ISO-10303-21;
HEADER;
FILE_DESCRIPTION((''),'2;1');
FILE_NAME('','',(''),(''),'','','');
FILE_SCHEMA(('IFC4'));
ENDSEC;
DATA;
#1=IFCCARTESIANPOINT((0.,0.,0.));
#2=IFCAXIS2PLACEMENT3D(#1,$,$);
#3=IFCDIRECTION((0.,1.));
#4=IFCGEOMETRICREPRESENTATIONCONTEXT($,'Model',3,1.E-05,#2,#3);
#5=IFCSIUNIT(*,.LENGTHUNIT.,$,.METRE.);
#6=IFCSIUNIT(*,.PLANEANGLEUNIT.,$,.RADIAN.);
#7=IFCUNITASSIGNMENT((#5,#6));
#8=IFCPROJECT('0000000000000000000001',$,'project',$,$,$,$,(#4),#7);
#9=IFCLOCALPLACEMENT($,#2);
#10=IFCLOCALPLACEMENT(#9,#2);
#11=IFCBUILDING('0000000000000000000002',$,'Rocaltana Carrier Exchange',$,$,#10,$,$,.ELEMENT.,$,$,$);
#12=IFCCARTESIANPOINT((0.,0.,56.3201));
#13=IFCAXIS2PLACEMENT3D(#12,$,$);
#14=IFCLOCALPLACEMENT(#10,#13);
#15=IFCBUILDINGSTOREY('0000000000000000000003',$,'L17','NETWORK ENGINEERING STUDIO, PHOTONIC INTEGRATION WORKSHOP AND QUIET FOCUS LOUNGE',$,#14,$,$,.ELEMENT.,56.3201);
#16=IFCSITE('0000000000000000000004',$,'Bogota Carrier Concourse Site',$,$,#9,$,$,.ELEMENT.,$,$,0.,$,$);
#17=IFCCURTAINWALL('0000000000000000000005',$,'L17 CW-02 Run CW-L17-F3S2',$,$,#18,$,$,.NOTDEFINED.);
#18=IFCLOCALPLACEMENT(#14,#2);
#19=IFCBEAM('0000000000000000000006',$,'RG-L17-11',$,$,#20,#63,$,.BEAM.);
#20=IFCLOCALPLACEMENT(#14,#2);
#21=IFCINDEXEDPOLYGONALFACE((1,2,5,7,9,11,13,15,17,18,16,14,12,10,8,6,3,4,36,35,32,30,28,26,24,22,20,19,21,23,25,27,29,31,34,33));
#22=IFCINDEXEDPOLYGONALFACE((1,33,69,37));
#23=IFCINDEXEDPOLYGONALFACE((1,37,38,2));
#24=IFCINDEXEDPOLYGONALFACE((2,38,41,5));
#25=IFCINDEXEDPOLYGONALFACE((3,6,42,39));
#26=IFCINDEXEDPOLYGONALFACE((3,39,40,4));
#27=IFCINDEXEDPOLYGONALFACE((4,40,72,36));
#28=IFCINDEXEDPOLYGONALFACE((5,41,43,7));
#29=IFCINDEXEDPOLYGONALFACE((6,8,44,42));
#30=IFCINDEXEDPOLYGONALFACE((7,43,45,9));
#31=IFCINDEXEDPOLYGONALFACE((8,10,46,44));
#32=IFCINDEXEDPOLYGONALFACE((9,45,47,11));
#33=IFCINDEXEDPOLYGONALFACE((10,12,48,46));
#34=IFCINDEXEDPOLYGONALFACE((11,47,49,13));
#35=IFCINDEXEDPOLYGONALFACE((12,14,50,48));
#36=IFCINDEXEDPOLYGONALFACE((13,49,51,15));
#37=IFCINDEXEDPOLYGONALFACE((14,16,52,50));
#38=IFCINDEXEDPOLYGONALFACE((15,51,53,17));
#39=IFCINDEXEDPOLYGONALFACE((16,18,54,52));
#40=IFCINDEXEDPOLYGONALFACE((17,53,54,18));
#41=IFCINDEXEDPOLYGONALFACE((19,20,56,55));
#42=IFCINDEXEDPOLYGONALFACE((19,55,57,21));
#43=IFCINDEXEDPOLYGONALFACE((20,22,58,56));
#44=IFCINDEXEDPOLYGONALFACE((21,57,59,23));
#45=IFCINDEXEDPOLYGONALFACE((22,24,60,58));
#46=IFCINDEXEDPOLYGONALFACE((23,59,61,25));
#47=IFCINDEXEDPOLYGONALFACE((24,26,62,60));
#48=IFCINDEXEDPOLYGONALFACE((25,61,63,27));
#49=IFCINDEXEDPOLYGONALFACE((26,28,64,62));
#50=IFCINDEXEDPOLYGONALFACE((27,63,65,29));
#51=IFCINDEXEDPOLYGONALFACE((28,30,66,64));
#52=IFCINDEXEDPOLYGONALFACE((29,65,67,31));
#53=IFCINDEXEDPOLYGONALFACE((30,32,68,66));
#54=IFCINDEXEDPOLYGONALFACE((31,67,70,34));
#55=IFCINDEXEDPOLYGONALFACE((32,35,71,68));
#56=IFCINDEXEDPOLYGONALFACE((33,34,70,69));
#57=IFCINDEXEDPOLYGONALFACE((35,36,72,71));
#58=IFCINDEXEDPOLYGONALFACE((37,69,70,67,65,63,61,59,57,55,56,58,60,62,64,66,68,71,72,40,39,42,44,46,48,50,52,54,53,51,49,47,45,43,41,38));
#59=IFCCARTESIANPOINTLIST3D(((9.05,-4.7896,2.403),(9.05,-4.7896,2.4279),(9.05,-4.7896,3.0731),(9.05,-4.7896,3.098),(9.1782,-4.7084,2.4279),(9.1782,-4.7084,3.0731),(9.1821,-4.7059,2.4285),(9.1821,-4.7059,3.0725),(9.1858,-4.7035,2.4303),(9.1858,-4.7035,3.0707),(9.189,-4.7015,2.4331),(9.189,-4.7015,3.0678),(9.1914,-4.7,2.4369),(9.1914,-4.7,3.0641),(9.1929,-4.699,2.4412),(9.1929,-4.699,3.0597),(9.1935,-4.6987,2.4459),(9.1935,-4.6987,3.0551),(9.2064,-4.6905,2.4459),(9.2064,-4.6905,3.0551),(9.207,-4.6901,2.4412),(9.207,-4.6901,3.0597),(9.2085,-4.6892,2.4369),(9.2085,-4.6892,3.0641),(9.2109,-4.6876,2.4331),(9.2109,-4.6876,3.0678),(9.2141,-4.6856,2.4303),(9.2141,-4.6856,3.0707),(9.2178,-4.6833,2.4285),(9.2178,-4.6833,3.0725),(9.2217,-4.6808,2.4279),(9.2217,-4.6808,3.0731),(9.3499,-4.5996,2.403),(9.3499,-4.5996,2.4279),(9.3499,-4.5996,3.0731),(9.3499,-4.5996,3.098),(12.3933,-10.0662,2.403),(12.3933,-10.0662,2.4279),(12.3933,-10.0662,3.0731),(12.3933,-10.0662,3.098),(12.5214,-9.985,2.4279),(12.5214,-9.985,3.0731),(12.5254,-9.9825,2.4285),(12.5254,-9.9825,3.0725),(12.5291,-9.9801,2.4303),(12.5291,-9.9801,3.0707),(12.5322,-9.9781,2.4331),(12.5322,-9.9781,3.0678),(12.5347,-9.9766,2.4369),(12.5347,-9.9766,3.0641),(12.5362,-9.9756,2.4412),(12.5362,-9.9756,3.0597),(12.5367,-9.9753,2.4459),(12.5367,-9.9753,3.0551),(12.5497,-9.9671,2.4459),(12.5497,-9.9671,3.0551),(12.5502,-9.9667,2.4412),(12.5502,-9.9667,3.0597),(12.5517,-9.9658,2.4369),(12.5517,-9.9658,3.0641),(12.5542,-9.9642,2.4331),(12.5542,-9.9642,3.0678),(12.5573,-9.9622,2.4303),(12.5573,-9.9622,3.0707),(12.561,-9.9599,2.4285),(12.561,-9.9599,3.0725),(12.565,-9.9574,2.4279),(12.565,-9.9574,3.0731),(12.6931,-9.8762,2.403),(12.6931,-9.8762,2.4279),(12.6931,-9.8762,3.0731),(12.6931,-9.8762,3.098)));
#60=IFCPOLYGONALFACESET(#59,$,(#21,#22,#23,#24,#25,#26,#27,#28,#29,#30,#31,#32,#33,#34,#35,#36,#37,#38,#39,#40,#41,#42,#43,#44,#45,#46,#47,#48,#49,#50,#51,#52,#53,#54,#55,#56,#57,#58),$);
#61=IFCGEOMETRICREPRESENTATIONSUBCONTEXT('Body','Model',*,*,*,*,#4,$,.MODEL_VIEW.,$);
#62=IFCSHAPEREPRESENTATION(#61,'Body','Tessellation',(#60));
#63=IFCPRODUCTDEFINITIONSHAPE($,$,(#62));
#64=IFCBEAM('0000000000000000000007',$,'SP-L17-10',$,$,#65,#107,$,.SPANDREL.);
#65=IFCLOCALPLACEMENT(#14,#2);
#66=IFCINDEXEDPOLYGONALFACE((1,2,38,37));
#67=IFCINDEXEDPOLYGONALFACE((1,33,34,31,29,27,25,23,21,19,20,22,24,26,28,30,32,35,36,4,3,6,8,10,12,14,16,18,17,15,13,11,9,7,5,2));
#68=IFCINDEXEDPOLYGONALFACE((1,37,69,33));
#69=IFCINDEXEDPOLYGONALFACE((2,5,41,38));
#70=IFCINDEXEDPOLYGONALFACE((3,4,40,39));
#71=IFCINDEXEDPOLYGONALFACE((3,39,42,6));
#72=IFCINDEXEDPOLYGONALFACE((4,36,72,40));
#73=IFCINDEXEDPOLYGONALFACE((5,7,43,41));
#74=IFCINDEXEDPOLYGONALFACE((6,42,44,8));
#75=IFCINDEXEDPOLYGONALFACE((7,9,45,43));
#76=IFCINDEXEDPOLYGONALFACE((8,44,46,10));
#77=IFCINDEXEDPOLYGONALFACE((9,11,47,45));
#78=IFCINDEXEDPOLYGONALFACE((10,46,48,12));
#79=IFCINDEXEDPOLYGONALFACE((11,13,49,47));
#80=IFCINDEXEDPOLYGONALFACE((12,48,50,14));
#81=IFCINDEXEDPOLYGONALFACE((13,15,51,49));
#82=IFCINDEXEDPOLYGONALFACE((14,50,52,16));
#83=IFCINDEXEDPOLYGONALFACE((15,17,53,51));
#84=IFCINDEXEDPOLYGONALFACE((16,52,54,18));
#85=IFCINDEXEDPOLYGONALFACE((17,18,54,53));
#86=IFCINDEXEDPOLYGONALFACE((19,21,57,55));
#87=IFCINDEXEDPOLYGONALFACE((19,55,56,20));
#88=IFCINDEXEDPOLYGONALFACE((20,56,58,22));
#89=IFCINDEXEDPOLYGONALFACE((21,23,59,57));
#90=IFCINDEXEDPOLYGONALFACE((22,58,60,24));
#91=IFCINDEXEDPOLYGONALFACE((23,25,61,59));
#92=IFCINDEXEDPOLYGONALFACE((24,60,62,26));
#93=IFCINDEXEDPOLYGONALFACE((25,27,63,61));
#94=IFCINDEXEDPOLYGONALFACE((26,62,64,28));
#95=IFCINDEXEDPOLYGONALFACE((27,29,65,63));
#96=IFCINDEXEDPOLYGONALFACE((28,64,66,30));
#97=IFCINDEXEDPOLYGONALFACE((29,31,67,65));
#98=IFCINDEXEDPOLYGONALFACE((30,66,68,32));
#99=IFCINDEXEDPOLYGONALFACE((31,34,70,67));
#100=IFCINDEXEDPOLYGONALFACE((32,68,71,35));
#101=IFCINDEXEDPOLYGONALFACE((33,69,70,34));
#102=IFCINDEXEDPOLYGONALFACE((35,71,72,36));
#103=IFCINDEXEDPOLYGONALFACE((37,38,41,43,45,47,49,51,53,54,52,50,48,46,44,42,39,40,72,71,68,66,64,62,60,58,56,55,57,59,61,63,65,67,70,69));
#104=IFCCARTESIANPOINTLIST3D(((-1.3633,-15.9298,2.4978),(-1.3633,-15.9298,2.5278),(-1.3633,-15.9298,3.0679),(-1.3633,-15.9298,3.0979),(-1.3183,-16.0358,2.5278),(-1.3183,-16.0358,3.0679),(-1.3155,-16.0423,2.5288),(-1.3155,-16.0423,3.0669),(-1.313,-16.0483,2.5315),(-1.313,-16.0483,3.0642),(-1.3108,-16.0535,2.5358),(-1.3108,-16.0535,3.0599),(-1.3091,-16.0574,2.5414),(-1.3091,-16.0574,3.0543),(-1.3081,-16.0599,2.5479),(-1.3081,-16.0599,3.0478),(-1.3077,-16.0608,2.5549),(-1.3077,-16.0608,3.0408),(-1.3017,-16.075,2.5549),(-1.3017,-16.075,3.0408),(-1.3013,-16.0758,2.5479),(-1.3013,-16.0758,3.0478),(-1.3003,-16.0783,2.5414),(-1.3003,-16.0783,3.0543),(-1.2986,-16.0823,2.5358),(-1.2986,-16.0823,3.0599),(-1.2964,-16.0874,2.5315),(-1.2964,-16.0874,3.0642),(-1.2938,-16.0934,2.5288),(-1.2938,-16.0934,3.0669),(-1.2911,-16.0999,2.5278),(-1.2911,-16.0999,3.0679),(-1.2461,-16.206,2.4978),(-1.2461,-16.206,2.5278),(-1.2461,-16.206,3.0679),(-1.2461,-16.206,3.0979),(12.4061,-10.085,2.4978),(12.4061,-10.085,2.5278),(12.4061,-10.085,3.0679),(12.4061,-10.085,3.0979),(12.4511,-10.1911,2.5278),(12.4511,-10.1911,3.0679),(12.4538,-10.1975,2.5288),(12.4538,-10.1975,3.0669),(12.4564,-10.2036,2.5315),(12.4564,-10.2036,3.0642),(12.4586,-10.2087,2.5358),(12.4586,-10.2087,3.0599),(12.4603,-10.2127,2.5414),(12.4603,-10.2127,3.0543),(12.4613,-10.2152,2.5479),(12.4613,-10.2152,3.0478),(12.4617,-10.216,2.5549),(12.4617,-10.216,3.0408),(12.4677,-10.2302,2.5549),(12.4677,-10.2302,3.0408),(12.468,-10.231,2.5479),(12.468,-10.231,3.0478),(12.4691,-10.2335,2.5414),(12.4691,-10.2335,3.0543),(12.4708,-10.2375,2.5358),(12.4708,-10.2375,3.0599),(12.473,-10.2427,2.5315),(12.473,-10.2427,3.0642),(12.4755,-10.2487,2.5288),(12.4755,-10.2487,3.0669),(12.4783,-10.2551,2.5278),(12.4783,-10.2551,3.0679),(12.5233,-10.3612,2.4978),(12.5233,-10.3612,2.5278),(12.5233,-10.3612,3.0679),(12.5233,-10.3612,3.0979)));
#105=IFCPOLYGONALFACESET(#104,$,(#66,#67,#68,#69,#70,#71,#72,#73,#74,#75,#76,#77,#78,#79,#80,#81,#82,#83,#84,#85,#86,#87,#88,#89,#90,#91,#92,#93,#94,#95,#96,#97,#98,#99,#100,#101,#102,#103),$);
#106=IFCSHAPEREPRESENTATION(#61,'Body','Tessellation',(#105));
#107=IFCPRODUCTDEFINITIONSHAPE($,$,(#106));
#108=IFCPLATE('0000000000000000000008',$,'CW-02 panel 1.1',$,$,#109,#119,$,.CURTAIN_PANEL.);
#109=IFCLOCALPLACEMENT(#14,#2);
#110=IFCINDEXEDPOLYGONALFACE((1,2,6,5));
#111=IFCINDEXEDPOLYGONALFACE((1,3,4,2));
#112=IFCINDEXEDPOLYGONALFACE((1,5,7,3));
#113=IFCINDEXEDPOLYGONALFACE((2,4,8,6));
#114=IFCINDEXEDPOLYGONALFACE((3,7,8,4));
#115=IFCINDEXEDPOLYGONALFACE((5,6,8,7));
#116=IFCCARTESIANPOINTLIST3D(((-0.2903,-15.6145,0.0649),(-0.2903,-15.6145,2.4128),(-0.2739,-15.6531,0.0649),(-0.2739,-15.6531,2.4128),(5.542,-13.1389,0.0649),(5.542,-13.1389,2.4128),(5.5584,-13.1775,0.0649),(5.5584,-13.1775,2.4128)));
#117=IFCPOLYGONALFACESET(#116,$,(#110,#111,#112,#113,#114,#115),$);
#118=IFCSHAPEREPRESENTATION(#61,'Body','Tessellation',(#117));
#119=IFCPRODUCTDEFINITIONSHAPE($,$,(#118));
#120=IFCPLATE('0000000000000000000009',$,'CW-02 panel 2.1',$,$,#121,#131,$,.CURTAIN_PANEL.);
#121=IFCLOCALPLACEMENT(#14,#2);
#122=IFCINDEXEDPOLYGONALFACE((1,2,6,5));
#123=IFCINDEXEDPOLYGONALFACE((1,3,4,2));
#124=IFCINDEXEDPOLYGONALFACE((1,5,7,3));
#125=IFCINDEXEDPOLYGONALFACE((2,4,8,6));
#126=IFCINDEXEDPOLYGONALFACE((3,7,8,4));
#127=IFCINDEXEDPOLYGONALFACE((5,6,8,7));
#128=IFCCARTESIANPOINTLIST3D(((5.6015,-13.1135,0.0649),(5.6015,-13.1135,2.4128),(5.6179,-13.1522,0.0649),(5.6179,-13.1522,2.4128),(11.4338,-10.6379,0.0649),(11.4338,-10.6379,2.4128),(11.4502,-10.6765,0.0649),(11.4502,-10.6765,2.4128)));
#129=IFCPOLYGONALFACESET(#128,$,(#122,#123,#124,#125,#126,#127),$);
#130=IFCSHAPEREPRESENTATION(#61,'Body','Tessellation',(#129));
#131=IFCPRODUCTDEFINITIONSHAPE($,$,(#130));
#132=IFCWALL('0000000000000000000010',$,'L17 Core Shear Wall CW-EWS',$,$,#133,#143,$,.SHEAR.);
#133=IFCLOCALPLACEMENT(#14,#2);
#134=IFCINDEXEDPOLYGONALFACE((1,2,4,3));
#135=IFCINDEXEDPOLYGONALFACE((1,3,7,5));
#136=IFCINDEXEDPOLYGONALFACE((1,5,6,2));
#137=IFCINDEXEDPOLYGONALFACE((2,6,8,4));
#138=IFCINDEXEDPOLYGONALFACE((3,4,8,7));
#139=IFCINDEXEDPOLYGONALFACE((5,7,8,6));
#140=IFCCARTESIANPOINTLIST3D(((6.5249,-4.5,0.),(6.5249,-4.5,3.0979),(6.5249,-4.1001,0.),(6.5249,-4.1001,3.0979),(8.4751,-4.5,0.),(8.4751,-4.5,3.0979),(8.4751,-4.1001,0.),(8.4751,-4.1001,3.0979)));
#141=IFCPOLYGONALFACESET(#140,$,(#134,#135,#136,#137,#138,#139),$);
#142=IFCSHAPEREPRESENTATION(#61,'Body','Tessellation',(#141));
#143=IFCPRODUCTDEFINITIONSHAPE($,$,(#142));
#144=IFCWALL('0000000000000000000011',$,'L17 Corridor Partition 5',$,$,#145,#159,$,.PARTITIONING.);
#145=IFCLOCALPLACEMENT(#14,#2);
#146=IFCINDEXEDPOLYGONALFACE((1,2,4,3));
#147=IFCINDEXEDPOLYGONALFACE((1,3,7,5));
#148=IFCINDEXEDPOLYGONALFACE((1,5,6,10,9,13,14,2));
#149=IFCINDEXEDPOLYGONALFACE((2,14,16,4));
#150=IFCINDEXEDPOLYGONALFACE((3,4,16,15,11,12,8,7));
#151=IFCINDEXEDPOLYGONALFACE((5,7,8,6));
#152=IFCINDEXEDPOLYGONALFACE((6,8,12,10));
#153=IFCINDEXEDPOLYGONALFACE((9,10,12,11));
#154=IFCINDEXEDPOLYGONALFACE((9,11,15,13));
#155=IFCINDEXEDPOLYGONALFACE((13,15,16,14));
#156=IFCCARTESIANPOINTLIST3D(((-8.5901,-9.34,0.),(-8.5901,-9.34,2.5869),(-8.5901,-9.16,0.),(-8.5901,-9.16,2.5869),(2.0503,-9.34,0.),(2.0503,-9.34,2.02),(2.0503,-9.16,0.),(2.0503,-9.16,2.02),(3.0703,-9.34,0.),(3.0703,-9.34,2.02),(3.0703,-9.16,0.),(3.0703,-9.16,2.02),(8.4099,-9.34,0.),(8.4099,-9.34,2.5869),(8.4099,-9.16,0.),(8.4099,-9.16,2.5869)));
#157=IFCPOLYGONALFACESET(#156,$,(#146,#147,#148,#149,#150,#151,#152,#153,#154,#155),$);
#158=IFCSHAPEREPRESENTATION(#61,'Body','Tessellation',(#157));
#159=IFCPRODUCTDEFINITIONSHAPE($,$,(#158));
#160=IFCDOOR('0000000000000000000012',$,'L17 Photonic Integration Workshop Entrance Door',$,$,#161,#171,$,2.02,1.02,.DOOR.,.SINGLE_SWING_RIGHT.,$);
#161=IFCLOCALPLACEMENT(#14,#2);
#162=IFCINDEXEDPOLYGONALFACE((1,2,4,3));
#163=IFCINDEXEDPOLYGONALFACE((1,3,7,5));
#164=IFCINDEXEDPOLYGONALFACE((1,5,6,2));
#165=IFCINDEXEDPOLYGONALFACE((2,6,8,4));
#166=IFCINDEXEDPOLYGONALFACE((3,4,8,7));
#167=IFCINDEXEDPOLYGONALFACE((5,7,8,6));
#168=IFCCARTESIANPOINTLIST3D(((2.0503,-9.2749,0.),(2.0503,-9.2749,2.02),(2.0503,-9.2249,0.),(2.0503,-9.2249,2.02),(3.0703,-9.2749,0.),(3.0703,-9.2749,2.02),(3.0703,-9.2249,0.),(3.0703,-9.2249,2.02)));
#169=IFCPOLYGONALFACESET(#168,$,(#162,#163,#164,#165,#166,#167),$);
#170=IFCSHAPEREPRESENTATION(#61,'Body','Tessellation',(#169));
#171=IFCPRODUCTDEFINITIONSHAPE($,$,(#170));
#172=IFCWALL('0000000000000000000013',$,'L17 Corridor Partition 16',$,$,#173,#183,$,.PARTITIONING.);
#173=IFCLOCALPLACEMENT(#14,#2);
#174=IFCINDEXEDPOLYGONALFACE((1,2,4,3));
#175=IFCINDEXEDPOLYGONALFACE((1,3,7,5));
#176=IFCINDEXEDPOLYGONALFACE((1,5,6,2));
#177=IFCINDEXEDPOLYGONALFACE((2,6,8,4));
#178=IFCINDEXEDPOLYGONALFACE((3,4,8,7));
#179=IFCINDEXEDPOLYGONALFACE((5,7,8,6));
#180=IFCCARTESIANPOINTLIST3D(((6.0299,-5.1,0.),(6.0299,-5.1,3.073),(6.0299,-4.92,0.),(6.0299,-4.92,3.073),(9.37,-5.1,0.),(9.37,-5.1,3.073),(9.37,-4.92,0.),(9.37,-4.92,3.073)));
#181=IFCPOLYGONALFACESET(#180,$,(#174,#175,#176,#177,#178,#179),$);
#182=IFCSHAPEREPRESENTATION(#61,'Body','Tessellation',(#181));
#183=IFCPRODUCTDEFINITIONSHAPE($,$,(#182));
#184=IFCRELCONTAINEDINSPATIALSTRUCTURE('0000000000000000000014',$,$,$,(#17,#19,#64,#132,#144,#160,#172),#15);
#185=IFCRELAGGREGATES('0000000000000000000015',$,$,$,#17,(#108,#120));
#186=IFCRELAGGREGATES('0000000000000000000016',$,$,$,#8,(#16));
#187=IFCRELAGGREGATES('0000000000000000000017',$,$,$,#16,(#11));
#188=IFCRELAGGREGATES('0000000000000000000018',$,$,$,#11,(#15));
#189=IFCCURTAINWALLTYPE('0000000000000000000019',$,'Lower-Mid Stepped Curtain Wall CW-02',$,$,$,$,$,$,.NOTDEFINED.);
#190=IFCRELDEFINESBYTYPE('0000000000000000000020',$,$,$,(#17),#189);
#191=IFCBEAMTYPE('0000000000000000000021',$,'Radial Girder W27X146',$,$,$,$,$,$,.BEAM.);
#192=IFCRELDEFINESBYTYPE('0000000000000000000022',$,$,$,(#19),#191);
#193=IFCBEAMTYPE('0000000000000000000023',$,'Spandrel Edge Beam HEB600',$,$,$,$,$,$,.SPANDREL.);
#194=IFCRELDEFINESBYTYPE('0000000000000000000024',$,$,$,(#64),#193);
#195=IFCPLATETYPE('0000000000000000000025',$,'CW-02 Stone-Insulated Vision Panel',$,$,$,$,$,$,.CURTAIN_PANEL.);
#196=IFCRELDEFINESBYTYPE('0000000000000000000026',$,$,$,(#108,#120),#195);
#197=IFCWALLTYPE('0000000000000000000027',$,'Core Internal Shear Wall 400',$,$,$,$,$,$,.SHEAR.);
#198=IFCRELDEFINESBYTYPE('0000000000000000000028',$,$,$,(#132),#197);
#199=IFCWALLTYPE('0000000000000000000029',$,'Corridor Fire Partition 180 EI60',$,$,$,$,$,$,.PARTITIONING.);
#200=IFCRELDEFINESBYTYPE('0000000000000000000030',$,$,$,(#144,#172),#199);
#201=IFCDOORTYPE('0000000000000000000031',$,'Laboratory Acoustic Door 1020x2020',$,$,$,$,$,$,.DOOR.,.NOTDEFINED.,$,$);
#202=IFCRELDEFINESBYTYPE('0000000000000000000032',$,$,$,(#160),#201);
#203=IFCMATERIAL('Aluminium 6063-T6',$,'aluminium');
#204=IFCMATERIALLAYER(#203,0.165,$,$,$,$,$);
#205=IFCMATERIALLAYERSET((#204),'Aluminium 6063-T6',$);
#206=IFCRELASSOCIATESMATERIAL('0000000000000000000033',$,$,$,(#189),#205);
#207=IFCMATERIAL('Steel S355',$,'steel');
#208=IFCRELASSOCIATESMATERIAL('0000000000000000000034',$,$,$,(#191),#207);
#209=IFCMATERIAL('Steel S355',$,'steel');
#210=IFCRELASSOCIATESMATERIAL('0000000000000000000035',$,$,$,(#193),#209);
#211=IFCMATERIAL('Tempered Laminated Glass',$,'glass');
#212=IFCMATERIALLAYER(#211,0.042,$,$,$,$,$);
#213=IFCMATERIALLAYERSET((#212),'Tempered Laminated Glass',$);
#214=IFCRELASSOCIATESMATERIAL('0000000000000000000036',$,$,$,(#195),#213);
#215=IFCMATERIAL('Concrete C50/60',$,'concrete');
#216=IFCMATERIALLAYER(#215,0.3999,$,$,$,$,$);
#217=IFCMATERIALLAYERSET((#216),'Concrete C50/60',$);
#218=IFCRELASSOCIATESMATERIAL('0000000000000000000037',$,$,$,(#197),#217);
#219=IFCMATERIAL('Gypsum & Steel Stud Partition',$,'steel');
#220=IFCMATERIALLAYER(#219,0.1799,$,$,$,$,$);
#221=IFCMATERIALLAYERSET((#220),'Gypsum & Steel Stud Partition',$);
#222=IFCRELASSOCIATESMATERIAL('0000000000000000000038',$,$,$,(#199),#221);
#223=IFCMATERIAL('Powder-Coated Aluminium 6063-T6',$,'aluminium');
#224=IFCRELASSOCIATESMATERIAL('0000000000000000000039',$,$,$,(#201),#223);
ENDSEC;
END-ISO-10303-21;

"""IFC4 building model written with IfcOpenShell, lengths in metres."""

from ifc_helpers import new_model, si_unit, direction, frame, frame_2d, origin, origin_2d, place, context, subcontext, project, spatial, rectangle, i_section, extrude, material, layer, layer_set, material_profile, profile_set, type_object, element, fill, aggregate, save


model = new_model("IFC4")

# Units and contexts
model_context = context("Model", 3, precision=1e-05, world=origin(), true_north=direction((0.0, 1.0)))
body_context = subcontext(model_context, "Body", "Model", "MODEL_VIEW")
ifc_project = project(units=[si_unit("LENGTHUNIT", "METRE"), si_unit("PLANEANGLEUNIT", "RADIAN")], contexts=[model_context])

# Site, building, storey
site_placement = place(None, origin())
site = spatial("IfcSite", under=ifc_project, at=site_placement, Name="Bogota Carrier Concourse Site", CompositionType="ELEMENT", RefElevation=0.0)
building_placement = place(site_placement, origin())
building = spatial("IfcBuilding", under=site, at=building_placement, Name="Rocaltana Carrier Exchange", CompositionType="ELEMENT")
storey_placement = place(building_placement, frame((0.0, 0.0, 56.3201)))
storey = spatial("IfcBuildingStorey", under=building, at=storey_placement, Name="L17", Description="NETWORK ENGINEERING STUDIO, PHOTONIC INTEGRATION WORKSHOP AND QUIET FOCUS LOUNGE", CompositionType="ELEMENT", Elevation=56.3201)

# Curtain wall
ifc_material_1 = material(Name="Aluminium 6063-T6", Category="aluminium")
ifc_layer_1 = layer(ifc_material_1, 0.165)
ifc_layer_set_1 = layer_set([ifc_layer_1], Name="Aluminium 6063-T6")
curtain_wall_type = type_object("IfcCurtainWallType", Name="Lower-Mid Stepped Curtain Wall CW-02", PredefinedType="NOTDEFINED", material=ifc_layer_set_1)
curtain_wall_placement = place(storey_placement, origin())
curtain_wall = element("IfcCurtainWall", 1, at=curtain_wall_placement, inside=storey, type_object=curtain_wall_type, Name="L17 CW-02 Run CW-L17-F3S2", PredefinedType="NOTDEFINED")

# Beams
ifc_material_2 = material(Name="Steel S355", Category="steel")
ifc_material_profile_1 = material_profile(ifc_material_2, i_section(OverallWidth=0.355, OverallDepth=0.6951, WebThickness=0.0154, FlangeThickness=0.0249, FilletRadius=0.0181, at=origin_2d()), Name="W27X146")
ifc_profile_set_1 = profile_set([ifc_material_profile_1], Name="Steel S355")
beam_type_1 = type_object("IfcBeamType", Name="Radial Girder W27X146", PredefinedType="BEAM", material=ifc_profile_set_1)
beam_1_placement = place(storey_placement, frame((9.2, -4.6946, 2.7505), z_axis=(0.535213, -0.844717, 0.0), x_axis=(0.844717, 0.535213, 0.0)))
element("IfcBeam", 2, at=beam_1_placement, inside=storey, type_object=beam_type_1, Name="RG-L17-11", PredefinedType="BEAM", context=body_context, shape_type="SweptSolid", body=[
    extrude(i_section(OverallWidth=0.355, OverallDepth=0.6951, WebThickness=0.0154, FlangeThickness=0.0249, FilletRadius=0.0181, at=origin_2d()), origin(), (0.0, 0.0, 1.0), 6.2466),
])
ifc_material_3 = material(Name="Steel S355", Category="steel")
ifc_material_profile_2 = material_profile(ifc_material_3, i_section(OverallWidth=0.3, OverallDepth=0.6001, WebThickness=0.0154, FlangeThickness=0.03, FilletRadius=0.0271, at=origin_2d()), Name="HEB600")
ifc_profile_set_2 = profile_set([ifc_material_profile_2], Name="Steel S355")
beam_type_2 = type_object("IfcBeamType", Name="Spandrel Edge Beam HEB600", PredefinedType="SPANDREL", material=ifc_profile_set_2)
beam_2_placement = place(storey_placement, frame((-1.3047, -16.0679, 2.7979), z_axis=(0.920505, 0.390732, 0.0), x_axis=(-0.390732, 0.920505, 0.0)))
element("IfcBeam", 3, at=beam_2_placement, inside=storey, type_object=beam_type_2, Name="SP-L17-10", PredefinedType="SPANDREL", context=body_context, shape_type="SweptSolid", body=[
    extrude(i_section(OverallWidth=0.3, OverallDepth=0.6001, WebThickness=0.0154, FlangeThickness=0.03, FilletRadius=0.0271, at=origin_2d()), origin(), (0.0, 0.0, 1.0), 14.9585),
])

# Plates
ifc_material_4 = material(Name="Tempered Laminated Glass", Category="glass")
ifc_layer_2 = layer(ifc_material_4, 0.042)
ifc_layer_set_2 = layer_set([ifc_layer_2], Name="Tempered Laminated Glass")
plate_type = type_object("IfcPlateType", Name="CW-02 Stone-Insulated Vision Panel", PredefinedType="CURTAIN_PANEL", material=ifc_layer_set_2)
plate_1_placement = place(storey_placement, frame((2.634, -14.396, 0.0649), z_axis=(0.0, 0.0, 1.0), x_axis=(0.920506, 0.390729, 0.0)))
plate_1 = element("IfcPlate", 4, at=plate_1_placement, type_object=plate_type, Name="CW-02 panel 1.1", PredefinedType="CURTAIN_PANEL", context=body_context, shape_type="SweptSolid", body=[
    extrude(rectangle(XDim=6.3359, YDim=0.042, at=origin_2d()), origin(), (0.0, 0.0, 1.0), 2.3479),
])
plate_2_placement = place(storey_placement, frame((8.5259, -11.895, 0.0649), z_axis=(0.0, 0.0, 1.0), x_axis=(0.920506, 0.390729, 0.0)))
plate_2 = element("IfcPlate", 5, at=plate_2_placement, type_object=plate_type, Name="CW-02 panel 2.1", PredefinedType="CURTAIN_PANEL", context=body_context, shape_type="SweptSolid", body=[
    extrude(rectangle(XDim=6.3359, YDim=0.042, at=origin_2d()), origin(), (0.0, 0.0, 1.0), 2.3479),
])
aggregate(curtain_wall, [plate_1, plate_2])

# Wall
ifc_material_5 = material(Name="Concrete C50/60", Category="concrete")
ifc_layer_3 = layer(ifc_material_5, 0.3999)
ifc_layer_set_3 = layer_set([ifc_layer_3], Name="Concrete C50/60")
wall_type_1 = type_object("IfcWallType", Name="Core Internal Shear Wall 400", PredefinedType="SHEAR", material=ifc_layer_set_3)
wall_1_placement = place(storey_placement, frame((6.5249, -4.3, 0.0), z_axis=(0.0, 0.0, 1.0), x_axis=(1.0, 0.0, 0.0)))
element("IfcWall", 6, at=wall_1_placement, inside=storey, type_object=wall_type_1, Name="L17 Core Shear Wall CW-EWS", PredefinedType="SHEAR", context=body_context, shape_type="SweptSolid", body=[
    extrude(rectangle(XDim=1.9502, YDim=0.3999, at=frame_2d((0.9751, 0.0))), origin(), (0.0, 0.0, 1.0), 3.0979),
])

# Wall, opening, door
ifc_material_6 = material(Name="Gypsum & Steel Stud Partition", Category="steel")
ifc_layer_4 = layer(ifc_material_6, 0.1799)
ifc_layer_set_4 = layer_set([ifc_layer_4], Name="Gypsum & Steel Stud Partition")
wall_type_2 = type_object("IfcWallType", Name="Corridor Fire Partition 180 EI60", PredefinedType="PARTITIONING", material=ifc_layer_set_4)
wall_2_placement = place(storey_placement, frame((8.4099, -9.25, 0.0), z_axis=(0.0, 0.0, 1.0), x_axis=(-1.0, 0.0, 0.0)))
wall_2 = element("IfcWall", 7, at=wall_2_placement, inside=storey, type_object=wall_type_2, Name="L17 Corridor Partition 5", PredefinedType="PARTITIONING", context=body_context, shape_type="SweptSolid", body=[
    extrude(rectangle(XDim=17.0, YDim=0.1799, at=frame_2d((8.5, 0.0))), origin(), (0.0, 0.0, 1.0), 2.5869),
])
opening_1_placement = place(wall_2_placement, frame((5.3396, 0.0, 0.0)))
opening_1 = element("IfcOpeningElement", 8, at=opening_1_placement, cuts=wall_2, PredefinedType="OPENING", context=body_context, shape_type="SweptSolid", body=[
    extrude(rectangle(XDim=1.02, YDim=2.02, at=frame_2d((0.51, 1.01))), frame((0.0, 0.0999, 0.0), z_axis=(0.0, -1.0, 0.0), x_axis=(1.0, 0.0, 0.0)), (0.0, 0.0, 1.0), 0.2),
])
ifc_material_7 = material(Name="Powder-Coated Aluminium 6063-T6", Category="aluminium")
door_type_1 = type_object("IfcDoorType", Name="Laboratory Acoustic Door 1020x2020", OperationType="NOTDEFINED", PredefinedType="DOOR", material=ifc_material_7)
door_1_placement = place(opening_1_placement, origin())
door_1 = element("IfcDoor", 9, at=door_1_placement, inside=storey, type_object=door_type_1, Name="L17 Photonic Integration Workshop Entrance Door", OperationType="SINGLE_SWING_RIGHT", OverallHeight=2.02, OverallWidth=1.02, PredefinedType="DOOR", context=body_context, shape_type="SweptSolid", body=[
    extrude(rectangle(XDim=1.02, YDim=2.02, at=frame_2d((0.51, 1.01))), frame((0.0, 0.0249, 0.0), z_axis=(0.0, -1.0, 0.0), x_axis=(1.0, 0.0, 0.0)), (0.0, 0.0, 1.0), 0.05),
])
fill(opening_1, door_1)

# Wall
wall_3_placement = place(storey_placement, frame((6.03, -5.01, 0.0), z_axis=(0.0, 0.0, 1.0), x_axis=(1.0, 0.0, 0.0)))
element("IfcWall", 10, at=wall_3_placement, inside=storey, type_object=wall_type_2, Name="L17 Corridor Partition 16", PredefinedType="PARTITIONING", context=body_context, shape_type="SweptSolid", body=[
    extrude(rectangle(XDim=3.3401, YDim=0.1799, at=frame_2d((1.6699, 0.0))), origin(), (0.0, 0.0, 1.0), 3.073),
])

save(model, "model.ifc")
